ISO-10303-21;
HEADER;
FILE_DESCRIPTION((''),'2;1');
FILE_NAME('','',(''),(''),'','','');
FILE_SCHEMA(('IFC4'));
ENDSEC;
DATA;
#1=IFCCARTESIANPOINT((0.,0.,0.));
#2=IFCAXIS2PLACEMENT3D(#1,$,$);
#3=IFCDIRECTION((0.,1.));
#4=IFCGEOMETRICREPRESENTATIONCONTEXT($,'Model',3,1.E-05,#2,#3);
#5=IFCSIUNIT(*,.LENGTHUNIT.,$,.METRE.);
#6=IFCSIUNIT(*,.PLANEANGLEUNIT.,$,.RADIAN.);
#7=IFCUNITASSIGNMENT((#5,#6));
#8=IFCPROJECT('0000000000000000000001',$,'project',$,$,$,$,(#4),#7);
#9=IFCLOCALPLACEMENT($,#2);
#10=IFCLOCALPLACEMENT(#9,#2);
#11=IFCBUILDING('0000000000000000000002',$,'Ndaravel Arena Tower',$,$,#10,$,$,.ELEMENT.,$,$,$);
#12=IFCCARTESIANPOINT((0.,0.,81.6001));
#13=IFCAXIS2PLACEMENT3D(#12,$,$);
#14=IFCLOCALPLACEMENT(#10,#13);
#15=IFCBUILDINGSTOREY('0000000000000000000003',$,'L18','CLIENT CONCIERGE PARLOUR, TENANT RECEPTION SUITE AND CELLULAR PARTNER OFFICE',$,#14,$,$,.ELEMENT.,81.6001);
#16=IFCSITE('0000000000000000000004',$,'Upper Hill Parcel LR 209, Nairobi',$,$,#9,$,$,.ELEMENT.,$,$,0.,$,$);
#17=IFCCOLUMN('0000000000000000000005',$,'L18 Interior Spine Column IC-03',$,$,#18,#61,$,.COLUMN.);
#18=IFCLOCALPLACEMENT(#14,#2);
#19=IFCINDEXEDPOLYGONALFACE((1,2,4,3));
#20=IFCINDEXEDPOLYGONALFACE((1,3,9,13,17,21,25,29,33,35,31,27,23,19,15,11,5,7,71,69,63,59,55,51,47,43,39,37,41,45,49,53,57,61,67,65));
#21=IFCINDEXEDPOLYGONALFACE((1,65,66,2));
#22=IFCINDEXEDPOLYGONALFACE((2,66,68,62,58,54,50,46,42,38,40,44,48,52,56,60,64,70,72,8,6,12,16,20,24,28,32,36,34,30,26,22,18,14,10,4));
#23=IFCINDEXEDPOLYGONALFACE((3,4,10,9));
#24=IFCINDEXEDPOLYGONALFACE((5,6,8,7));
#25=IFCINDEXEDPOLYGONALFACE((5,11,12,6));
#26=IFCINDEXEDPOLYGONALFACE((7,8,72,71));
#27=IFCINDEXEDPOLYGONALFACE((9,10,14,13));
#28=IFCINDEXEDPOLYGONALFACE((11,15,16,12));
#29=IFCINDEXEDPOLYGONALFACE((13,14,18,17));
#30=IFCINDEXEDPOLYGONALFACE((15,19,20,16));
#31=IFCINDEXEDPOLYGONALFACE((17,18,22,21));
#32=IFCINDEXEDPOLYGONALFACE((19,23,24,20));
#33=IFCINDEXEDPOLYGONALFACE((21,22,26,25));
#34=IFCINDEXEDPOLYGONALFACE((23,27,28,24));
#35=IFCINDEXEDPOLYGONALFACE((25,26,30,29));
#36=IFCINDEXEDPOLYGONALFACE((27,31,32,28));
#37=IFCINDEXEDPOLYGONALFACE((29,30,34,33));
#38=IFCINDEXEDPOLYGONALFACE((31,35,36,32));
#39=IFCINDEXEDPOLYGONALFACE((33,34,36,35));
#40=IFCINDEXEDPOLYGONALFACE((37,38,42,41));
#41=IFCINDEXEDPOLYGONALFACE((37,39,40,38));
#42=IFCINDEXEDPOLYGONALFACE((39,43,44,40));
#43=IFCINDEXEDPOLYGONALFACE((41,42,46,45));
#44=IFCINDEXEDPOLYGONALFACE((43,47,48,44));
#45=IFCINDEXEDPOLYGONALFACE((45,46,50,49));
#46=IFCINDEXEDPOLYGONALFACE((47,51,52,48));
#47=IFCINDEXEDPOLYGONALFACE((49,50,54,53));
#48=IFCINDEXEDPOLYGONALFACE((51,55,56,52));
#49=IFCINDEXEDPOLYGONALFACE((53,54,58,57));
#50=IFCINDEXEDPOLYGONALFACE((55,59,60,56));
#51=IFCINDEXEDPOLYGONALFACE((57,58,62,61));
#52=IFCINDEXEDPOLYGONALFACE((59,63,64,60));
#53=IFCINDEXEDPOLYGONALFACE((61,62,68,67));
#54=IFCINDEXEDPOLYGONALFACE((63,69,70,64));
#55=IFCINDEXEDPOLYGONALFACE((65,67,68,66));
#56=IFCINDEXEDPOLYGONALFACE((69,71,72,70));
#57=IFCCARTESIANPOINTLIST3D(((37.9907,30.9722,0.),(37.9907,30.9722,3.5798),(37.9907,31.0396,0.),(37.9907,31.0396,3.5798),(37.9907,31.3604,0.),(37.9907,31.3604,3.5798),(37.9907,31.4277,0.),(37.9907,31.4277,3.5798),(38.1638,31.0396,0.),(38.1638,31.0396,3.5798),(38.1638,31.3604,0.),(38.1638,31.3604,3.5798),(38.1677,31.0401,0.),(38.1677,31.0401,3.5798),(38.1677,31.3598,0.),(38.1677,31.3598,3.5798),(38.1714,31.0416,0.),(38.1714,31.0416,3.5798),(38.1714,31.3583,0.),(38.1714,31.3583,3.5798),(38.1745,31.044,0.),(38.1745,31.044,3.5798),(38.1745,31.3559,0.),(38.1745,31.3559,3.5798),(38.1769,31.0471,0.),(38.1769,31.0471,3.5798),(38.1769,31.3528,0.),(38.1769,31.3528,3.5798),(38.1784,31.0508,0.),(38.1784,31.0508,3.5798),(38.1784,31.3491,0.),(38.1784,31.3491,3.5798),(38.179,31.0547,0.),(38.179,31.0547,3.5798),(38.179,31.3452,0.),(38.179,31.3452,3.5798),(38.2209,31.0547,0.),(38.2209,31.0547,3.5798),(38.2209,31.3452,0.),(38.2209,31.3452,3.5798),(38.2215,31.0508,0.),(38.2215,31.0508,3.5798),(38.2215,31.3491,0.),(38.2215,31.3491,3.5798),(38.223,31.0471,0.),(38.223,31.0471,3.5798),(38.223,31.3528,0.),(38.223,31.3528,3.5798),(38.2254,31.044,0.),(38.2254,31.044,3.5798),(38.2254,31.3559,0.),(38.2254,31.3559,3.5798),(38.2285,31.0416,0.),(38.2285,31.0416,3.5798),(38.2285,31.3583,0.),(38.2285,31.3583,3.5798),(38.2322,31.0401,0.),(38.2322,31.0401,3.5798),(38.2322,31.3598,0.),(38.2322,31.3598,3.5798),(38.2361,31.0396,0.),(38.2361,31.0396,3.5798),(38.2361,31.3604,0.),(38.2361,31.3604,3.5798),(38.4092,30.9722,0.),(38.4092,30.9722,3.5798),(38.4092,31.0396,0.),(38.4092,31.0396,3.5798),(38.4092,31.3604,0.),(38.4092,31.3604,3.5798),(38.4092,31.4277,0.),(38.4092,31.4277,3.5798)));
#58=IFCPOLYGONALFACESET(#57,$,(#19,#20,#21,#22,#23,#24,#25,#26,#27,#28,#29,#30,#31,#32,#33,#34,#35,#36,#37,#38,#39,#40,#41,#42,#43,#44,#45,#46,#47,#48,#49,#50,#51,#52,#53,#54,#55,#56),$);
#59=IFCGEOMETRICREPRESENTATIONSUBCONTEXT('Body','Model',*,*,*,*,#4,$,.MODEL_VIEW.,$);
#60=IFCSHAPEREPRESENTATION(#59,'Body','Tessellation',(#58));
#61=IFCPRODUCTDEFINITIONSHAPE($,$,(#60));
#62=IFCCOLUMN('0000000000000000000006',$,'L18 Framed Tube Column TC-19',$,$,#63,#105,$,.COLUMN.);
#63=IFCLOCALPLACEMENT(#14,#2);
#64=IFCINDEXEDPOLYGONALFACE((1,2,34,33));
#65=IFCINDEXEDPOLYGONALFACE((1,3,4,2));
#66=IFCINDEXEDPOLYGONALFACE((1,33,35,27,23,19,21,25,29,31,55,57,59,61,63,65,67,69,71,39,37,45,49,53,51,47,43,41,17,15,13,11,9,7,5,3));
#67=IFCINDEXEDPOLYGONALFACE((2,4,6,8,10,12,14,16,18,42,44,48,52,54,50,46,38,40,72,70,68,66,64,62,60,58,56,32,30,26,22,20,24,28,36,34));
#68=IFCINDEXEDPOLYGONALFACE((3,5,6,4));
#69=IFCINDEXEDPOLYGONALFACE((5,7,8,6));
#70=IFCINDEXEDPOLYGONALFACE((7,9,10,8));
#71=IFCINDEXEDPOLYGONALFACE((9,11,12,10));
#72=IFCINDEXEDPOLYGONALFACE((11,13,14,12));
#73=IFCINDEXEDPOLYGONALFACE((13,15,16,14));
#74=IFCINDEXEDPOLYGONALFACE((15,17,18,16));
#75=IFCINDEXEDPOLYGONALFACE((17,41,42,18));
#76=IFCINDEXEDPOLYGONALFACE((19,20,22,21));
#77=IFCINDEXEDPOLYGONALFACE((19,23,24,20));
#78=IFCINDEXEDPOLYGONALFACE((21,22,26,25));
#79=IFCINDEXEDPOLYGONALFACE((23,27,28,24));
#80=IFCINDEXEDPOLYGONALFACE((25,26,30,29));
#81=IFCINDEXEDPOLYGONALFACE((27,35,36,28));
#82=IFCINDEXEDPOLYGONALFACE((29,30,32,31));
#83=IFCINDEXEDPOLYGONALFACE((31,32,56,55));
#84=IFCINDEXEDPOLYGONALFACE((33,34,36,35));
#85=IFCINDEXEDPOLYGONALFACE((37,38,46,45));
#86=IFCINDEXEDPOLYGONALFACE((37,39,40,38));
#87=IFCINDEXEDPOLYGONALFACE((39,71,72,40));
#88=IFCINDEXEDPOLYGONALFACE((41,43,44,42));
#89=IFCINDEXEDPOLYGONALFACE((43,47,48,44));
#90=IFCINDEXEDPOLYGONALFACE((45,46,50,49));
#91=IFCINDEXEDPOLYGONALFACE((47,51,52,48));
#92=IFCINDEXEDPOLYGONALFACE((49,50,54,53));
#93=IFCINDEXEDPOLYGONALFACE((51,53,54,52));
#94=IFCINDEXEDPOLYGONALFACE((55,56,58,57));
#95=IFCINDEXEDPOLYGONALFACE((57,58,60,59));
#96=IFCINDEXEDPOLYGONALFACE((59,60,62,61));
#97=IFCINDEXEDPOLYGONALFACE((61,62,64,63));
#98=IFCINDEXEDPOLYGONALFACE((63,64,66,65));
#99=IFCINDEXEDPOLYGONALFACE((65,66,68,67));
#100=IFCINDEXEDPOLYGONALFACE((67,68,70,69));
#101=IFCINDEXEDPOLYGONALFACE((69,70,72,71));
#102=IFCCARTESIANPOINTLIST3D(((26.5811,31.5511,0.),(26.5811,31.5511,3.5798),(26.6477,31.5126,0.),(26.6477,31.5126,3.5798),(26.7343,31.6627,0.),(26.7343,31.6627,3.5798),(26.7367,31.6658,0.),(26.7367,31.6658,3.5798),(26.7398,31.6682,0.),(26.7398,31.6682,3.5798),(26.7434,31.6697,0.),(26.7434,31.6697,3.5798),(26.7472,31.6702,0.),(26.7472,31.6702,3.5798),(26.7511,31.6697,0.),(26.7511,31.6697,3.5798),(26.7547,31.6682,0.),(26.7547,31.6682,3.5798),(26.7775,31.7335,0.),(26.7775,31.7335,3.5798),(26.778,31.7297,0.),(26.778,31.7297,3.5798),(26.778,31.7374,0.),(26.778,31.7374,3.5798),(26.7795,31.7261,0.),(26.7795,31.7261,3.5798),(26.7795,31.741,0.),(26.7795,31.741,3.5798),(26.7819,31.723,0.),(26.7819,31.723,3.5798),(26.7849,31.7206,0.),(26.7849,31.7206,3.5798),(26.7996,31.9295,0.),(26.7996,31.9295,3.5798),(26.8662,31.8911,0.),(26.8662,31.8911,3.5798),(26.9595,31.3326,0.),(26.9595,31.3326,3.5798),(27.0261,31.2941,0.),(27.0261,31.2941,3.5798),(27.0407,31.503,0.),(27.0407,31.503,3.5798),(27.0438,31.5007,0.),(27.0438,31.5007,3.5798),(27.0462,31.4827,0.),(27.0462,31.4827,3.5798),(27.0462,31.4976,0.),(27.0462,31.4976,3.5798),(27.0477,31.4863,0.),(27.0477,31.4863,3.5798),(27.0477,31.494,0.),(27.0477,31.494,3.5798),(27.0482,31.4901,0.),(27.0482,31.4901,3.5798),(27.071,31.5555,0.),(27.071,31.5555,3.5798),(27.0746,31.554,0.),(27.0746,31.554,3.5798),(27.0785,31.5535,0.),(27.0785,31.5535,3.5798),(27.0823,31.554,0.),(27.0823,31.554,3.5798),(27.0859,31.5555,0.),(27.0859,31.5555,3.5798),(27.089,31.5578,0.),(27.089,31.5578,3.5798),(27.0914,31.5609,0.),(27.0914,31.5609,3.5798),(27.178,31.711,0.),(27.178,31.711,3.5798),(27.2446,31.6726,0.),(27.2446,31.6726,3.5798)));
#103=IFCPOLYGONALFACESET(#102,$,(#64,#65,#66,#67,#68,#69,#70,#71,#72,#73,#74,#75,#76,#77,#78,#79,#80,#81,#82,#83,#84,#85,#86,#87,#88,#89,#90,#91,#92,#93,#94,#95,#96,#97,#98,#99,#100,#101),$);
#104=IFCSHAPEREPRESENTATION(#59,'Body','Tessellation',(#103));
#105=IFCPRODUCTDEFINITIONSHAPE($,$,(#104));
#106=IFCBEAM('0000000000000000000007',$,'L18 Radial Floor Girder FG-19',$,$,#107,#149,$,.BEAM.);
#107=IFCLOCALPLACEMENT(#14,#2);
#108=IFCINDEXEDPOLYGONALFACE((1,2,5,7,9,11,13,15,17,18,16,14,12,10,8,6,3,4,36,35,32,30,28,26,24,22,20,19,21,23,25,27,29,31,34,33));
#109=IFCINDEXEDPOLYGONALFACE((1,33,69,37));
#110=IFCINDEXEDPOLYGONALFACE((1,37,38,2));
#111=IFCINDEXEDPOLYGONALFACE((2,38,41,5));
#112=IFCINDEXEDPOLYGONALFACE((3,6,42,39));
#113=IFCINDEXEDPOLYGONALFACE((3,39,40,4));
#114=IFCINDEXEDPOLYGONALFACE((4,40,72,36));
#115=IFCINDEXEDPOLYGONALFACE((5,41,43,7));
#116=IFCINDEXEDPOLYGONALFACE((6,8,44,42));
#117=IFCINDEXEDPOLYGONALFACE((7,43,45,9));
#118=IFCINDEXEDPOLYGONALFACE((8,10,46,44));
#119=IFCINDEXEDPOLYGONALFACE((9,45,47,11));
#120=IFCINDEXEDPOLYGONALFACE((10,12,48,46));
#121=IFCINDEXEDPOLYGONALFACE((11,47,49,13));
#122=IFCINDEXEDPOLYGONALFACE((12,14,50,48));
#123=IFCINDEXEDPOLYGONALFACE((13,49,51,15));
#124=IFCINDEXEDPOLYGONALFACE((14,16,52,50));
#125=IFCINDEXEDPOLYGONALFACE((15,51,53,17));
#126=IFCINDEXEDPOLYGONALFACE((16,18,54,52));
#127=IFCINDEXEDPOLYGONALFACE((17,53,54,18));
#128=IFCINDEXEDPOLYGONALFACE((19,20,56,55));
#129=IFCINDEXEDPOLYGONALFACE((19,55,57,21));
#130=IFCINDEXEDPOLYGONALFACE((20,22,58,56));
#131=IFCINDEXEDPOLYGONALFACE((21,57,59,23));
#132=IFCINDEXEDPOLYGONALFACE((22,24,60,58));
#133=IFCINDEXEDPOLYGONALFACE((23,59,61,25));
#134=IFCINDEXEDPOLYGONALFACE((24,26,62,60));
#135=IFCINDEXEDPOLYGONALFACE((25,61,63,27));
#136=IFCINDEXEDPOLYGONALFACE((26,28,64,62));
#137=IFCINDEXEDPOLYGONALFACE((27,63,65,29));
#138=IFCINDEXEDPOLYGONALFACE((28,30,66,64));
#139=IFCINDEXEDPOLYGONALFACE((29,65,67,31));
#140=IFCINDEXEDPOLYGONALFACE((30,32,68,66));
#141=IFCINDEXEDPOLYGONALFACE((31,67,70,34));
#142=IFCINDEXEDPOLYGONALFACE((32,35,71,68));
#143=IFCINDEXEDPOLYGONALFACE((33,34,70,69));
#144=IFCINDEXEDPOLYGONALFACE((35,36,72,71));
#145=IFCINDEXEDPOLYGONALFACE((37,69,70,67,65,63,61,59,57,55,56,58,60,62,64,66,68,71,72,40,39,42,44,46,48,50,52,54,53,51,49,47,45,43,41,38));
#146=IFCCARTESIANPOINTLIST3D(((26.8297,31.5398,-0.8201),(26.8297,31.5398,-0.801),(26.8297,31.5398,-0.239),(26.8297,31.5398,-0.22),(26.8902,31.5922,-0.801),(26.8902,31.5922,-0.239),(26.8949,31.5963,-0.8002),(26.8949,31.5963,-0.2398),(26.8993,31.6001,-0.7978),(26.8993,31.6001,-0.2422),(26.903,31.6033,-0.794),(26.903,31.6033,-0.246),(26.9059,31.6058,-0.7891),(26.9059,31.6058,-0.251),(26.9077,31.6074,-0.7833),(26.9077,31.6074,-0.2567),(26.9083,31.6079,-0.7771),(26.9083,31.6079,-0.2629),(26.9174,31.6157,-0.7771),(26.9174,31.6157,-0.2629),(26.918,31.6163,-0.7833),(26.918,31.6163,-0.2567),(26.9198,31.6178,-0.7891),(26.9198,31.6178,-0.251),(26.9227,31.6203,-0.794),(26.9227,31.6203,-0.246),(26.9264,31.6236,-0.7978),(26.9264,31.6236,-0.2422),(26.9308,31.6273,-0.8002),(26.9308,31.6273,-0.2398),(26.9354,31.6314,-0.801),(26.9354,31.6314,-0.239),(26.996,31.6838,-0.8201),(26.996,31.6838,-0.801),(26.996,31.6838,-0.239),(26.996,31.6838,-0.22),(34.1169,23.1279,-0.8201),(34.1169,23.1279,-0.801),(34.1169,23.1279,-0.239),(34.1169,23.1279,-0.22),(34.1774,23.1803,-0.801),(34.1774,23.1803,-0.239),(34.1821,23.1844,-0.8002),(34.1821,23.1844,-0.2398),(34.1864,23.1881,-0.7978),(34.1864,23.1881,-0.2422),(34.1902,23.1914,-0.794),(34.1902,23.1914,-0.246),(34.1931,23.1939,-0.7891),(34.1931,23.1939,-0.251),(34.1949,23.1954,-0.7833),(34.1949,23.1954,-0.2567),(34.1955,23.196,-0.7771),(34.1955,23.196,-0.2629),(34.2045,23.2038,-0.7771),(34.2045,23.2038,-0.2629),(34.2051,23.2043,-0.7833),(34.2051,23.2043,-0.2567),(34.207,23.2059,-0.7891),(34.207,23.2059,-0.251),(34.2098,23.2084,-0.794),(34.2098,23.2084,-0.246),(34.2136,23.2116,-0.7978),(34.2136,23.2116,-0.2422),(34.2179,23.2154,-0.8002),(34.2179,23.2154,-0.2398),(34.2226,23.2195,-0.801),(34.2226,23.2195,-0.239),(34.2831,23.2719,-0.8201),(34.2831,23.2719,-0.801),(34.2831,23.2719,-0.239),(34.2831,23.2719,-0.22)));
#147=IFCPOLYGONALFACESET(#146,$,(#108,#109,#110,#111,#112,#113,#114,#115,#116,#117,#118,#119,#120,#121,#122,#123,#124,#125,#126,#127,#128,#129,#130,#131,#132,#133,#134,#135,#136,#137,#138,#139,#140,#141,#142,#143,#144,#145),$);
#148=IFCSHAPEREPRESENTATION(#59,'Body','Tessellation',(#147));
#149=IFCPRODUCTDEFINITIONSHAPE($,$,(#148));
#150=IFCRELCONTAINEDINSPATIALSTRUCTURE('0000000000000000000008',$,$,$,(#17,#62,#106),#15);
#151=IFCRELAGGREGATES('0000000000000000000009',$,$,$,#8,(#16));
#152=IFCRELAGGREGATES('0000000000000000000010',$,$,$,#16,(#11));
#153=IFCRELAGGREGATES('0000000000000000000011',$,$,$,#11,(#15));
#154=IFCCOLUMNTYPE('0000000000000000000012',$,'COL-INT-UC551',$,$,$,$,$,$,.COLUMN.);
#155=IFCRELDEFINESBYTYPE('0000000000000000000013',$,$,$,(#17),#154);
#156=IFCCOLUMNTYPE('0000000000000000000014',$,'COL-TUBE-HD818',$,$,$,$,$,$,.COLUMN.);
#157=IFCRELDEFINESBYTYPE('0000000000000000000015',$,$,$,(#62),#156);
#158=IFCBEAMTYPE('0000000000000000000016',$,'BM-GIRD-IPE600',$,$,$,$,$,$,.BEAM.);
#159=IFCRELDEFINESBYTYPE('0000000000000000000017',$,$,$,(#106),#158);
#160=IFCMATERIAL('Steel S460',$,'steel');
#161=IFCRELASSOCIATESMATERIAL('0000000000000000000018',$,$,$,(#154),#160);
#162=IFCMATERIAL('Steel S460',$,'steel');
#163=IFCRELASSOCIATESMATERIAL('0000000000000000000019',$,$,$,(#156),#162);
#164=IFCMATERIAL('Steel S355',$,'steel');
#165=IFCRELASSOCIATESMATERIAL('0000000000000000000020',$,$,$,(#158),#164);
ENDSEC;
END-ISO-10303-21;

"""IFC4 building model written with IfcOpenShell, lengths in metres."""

from ifc_helpers import new_model, si_unit, direction, frame, origin, origin_2d, place, context, subcontext, project, spatial, i_section, extrude, material, material_profile, profile_set, type_object, element, save


model = new_model("IFC4")

# Units and contexts
model_context = context("Model", 3, precision=1e-05, world=origin(), true_north=direction((0.0, 1.0)))
body_context = subcontext(model_context, "Body", "Model", "MODEL_VIEW")
ifc_project = project(units=[si_unit("LENGTHUNIT", "METRE"), si_unit("PLANEANGLEUNIT", "RADIAN")], contexts=[model_context])

# Site, building, storey
site_placement = place(None, origin())
site = spatial("IfcSite", under=ifc_project, at=site_placement, Name="Upper Hill Parcel LR 209, Nairobi", CompositionType="ELEMENT", RefElevation=0.0)
building_placement = place(site_placement, origin())
building = spatial("IfcBuilding", under=site, at=building_placement, Name="Ndaravel Arena Tower", CompositionType="ELEMENT")
storey_placement = place(building_placement, frame((0.0, 0.0, 81.6001)))
storey = spatial("IfcBuildingStorey", under=building, at=storey_placement, Name="L18", Description="CLIENT CONCIERGE PARLOUR, TENANT RECEPTION SUITE AND CELLULAR PARTNER OFFICE", CompositionType="ELEMENT", Elevation=81.6001)

# Columns
ifc_material_1 = material(Name="Steel S460", Category="steel")
ifc_material_profile_1 = material_profile(ifc_material_1, i_section(OverallWidth=0.4185, OverallDepth=0.4556, WebThickness=0.042, FlangeThickness=0.0674, FilletRadius=0.0151, at=origin_2d()), Name="UC 356x406x551")
ifc_profile_set_1 = profile_set([ifc_material_profile_1], Name="Steel S460")
column_type_1 = type_object("IfcColumnType", Name="COL-INT-UC551", PredefinedType="COLUMN", material=ifc_profile_set_1)
column_1_placement = place(storey_placement, frame((38.2, 31.2, 0.0), z_axis=(0.0, 0.0, 1.0), x_axis=(1.0, 0.0, 0.0)))
element("IfcColumn", 1, at=column_1_placement, inside=storey, type_object=column_type_1, Name="L18 Interior Spine Column IC-03", PredefinedType="COLUMN", context=body_context, shape_type="SweptSolid", body=[
    extrude(i_section(OverallWidth=0.4185, OverallDepth=0.4556, WebThickness=0.042, FlangeThickness=0.0674, FilletRadius=0.0151, at=origin_2d()), origin(), (0.0, 0.0, 1.0), 3.5798),
])
ifc_material_2 = material(Name="Steel S460", Category="steel")
ifc_material_profile_2 = material_profile(ifc_material_2, i_section(OverallWidth=0.437, OverallDepth=0.5139, WebThickness=0.0605, FlangeThickness=0.0769, FilletRadius=0.0149, at=origin_2d()), Name="HD 400x818")
ifc_profile_set_2 = profile_set([ifc_material_profile_2], Name="Steel S460")
column_type_2 = type_object("IfcColumnType", Name="COL-TUBE-HD818", PredefinedType="COLUMN", material=ifc_profile_set_2)
column_2_placement = place(storey_placement, frame((26.9128, 31.6118, 0.0), z_axis=(0.0, 0.0, 1.0), x_axis=(0.5, 0.866025, 0.0)))
element("IfcColumn", 2, at=column_2_placement, inside=storey, type_object=column_type_2, Name="L18 Framed Tube Column TC-19", PredefinedType="COLUMN", context=body_context, shape_type="SweptSolid", body=[
    extrude(i_section(OverallWidth=0.437, OverallDepth=0.5139, WebThickness=0.0605, FlangeThickness=0.0769, FilletRadius=0.0149, at=origin_2d()), origin(), (0.0, 0.0, 1.0), 3.5798),
])

# Beam
ifc_material_3 = material(Name="Steel S355", Category="steel")
ifc_material_profile_3 = material_profile(ifc_material_3, i_section(OverallWidth=0.22, OverallDepth=0.6001, WebThickness=0.012, FlangeThickness=0.019, FilletRadius=0.0239, at=origin_2d()), Name="IPE 600")
ifc_profile_set_3 = profile_set([ifc_material_profile_3], Name="Steel S355")
beam_type_1 = type_object("IfcBeamType", Name="BM-GIRD-IPE600", PredefinedType="BEAM", material=ifc_profile_set_3)
beam_1_placement = place(storey_placement, frame((26.9128, 31.6118, -0.52), z_axis=(0.654768, -0.75583, 0.0), x_axis=(0.75583, 0.654768, 0.0)))
element("IfcBeam", 3, at=beam_1_placement, inside=storey, type_object=beam_type_1, Name="L18 Radial Floor Girder FG-19", PredefinedType="BEAM", context=body_context, shape_type="SweptSolid", body=[
    extrude(i_section(OverallWidth=0.22, OverallDepth=0.6001, WebThickness=0.012, FlangeThickness=0.019, FilletRadius=0.0239, at=origin_2d()), origin(), (0.0, 0.0, 1.0), 11.1294),
])

save(model, "model.ifc")
